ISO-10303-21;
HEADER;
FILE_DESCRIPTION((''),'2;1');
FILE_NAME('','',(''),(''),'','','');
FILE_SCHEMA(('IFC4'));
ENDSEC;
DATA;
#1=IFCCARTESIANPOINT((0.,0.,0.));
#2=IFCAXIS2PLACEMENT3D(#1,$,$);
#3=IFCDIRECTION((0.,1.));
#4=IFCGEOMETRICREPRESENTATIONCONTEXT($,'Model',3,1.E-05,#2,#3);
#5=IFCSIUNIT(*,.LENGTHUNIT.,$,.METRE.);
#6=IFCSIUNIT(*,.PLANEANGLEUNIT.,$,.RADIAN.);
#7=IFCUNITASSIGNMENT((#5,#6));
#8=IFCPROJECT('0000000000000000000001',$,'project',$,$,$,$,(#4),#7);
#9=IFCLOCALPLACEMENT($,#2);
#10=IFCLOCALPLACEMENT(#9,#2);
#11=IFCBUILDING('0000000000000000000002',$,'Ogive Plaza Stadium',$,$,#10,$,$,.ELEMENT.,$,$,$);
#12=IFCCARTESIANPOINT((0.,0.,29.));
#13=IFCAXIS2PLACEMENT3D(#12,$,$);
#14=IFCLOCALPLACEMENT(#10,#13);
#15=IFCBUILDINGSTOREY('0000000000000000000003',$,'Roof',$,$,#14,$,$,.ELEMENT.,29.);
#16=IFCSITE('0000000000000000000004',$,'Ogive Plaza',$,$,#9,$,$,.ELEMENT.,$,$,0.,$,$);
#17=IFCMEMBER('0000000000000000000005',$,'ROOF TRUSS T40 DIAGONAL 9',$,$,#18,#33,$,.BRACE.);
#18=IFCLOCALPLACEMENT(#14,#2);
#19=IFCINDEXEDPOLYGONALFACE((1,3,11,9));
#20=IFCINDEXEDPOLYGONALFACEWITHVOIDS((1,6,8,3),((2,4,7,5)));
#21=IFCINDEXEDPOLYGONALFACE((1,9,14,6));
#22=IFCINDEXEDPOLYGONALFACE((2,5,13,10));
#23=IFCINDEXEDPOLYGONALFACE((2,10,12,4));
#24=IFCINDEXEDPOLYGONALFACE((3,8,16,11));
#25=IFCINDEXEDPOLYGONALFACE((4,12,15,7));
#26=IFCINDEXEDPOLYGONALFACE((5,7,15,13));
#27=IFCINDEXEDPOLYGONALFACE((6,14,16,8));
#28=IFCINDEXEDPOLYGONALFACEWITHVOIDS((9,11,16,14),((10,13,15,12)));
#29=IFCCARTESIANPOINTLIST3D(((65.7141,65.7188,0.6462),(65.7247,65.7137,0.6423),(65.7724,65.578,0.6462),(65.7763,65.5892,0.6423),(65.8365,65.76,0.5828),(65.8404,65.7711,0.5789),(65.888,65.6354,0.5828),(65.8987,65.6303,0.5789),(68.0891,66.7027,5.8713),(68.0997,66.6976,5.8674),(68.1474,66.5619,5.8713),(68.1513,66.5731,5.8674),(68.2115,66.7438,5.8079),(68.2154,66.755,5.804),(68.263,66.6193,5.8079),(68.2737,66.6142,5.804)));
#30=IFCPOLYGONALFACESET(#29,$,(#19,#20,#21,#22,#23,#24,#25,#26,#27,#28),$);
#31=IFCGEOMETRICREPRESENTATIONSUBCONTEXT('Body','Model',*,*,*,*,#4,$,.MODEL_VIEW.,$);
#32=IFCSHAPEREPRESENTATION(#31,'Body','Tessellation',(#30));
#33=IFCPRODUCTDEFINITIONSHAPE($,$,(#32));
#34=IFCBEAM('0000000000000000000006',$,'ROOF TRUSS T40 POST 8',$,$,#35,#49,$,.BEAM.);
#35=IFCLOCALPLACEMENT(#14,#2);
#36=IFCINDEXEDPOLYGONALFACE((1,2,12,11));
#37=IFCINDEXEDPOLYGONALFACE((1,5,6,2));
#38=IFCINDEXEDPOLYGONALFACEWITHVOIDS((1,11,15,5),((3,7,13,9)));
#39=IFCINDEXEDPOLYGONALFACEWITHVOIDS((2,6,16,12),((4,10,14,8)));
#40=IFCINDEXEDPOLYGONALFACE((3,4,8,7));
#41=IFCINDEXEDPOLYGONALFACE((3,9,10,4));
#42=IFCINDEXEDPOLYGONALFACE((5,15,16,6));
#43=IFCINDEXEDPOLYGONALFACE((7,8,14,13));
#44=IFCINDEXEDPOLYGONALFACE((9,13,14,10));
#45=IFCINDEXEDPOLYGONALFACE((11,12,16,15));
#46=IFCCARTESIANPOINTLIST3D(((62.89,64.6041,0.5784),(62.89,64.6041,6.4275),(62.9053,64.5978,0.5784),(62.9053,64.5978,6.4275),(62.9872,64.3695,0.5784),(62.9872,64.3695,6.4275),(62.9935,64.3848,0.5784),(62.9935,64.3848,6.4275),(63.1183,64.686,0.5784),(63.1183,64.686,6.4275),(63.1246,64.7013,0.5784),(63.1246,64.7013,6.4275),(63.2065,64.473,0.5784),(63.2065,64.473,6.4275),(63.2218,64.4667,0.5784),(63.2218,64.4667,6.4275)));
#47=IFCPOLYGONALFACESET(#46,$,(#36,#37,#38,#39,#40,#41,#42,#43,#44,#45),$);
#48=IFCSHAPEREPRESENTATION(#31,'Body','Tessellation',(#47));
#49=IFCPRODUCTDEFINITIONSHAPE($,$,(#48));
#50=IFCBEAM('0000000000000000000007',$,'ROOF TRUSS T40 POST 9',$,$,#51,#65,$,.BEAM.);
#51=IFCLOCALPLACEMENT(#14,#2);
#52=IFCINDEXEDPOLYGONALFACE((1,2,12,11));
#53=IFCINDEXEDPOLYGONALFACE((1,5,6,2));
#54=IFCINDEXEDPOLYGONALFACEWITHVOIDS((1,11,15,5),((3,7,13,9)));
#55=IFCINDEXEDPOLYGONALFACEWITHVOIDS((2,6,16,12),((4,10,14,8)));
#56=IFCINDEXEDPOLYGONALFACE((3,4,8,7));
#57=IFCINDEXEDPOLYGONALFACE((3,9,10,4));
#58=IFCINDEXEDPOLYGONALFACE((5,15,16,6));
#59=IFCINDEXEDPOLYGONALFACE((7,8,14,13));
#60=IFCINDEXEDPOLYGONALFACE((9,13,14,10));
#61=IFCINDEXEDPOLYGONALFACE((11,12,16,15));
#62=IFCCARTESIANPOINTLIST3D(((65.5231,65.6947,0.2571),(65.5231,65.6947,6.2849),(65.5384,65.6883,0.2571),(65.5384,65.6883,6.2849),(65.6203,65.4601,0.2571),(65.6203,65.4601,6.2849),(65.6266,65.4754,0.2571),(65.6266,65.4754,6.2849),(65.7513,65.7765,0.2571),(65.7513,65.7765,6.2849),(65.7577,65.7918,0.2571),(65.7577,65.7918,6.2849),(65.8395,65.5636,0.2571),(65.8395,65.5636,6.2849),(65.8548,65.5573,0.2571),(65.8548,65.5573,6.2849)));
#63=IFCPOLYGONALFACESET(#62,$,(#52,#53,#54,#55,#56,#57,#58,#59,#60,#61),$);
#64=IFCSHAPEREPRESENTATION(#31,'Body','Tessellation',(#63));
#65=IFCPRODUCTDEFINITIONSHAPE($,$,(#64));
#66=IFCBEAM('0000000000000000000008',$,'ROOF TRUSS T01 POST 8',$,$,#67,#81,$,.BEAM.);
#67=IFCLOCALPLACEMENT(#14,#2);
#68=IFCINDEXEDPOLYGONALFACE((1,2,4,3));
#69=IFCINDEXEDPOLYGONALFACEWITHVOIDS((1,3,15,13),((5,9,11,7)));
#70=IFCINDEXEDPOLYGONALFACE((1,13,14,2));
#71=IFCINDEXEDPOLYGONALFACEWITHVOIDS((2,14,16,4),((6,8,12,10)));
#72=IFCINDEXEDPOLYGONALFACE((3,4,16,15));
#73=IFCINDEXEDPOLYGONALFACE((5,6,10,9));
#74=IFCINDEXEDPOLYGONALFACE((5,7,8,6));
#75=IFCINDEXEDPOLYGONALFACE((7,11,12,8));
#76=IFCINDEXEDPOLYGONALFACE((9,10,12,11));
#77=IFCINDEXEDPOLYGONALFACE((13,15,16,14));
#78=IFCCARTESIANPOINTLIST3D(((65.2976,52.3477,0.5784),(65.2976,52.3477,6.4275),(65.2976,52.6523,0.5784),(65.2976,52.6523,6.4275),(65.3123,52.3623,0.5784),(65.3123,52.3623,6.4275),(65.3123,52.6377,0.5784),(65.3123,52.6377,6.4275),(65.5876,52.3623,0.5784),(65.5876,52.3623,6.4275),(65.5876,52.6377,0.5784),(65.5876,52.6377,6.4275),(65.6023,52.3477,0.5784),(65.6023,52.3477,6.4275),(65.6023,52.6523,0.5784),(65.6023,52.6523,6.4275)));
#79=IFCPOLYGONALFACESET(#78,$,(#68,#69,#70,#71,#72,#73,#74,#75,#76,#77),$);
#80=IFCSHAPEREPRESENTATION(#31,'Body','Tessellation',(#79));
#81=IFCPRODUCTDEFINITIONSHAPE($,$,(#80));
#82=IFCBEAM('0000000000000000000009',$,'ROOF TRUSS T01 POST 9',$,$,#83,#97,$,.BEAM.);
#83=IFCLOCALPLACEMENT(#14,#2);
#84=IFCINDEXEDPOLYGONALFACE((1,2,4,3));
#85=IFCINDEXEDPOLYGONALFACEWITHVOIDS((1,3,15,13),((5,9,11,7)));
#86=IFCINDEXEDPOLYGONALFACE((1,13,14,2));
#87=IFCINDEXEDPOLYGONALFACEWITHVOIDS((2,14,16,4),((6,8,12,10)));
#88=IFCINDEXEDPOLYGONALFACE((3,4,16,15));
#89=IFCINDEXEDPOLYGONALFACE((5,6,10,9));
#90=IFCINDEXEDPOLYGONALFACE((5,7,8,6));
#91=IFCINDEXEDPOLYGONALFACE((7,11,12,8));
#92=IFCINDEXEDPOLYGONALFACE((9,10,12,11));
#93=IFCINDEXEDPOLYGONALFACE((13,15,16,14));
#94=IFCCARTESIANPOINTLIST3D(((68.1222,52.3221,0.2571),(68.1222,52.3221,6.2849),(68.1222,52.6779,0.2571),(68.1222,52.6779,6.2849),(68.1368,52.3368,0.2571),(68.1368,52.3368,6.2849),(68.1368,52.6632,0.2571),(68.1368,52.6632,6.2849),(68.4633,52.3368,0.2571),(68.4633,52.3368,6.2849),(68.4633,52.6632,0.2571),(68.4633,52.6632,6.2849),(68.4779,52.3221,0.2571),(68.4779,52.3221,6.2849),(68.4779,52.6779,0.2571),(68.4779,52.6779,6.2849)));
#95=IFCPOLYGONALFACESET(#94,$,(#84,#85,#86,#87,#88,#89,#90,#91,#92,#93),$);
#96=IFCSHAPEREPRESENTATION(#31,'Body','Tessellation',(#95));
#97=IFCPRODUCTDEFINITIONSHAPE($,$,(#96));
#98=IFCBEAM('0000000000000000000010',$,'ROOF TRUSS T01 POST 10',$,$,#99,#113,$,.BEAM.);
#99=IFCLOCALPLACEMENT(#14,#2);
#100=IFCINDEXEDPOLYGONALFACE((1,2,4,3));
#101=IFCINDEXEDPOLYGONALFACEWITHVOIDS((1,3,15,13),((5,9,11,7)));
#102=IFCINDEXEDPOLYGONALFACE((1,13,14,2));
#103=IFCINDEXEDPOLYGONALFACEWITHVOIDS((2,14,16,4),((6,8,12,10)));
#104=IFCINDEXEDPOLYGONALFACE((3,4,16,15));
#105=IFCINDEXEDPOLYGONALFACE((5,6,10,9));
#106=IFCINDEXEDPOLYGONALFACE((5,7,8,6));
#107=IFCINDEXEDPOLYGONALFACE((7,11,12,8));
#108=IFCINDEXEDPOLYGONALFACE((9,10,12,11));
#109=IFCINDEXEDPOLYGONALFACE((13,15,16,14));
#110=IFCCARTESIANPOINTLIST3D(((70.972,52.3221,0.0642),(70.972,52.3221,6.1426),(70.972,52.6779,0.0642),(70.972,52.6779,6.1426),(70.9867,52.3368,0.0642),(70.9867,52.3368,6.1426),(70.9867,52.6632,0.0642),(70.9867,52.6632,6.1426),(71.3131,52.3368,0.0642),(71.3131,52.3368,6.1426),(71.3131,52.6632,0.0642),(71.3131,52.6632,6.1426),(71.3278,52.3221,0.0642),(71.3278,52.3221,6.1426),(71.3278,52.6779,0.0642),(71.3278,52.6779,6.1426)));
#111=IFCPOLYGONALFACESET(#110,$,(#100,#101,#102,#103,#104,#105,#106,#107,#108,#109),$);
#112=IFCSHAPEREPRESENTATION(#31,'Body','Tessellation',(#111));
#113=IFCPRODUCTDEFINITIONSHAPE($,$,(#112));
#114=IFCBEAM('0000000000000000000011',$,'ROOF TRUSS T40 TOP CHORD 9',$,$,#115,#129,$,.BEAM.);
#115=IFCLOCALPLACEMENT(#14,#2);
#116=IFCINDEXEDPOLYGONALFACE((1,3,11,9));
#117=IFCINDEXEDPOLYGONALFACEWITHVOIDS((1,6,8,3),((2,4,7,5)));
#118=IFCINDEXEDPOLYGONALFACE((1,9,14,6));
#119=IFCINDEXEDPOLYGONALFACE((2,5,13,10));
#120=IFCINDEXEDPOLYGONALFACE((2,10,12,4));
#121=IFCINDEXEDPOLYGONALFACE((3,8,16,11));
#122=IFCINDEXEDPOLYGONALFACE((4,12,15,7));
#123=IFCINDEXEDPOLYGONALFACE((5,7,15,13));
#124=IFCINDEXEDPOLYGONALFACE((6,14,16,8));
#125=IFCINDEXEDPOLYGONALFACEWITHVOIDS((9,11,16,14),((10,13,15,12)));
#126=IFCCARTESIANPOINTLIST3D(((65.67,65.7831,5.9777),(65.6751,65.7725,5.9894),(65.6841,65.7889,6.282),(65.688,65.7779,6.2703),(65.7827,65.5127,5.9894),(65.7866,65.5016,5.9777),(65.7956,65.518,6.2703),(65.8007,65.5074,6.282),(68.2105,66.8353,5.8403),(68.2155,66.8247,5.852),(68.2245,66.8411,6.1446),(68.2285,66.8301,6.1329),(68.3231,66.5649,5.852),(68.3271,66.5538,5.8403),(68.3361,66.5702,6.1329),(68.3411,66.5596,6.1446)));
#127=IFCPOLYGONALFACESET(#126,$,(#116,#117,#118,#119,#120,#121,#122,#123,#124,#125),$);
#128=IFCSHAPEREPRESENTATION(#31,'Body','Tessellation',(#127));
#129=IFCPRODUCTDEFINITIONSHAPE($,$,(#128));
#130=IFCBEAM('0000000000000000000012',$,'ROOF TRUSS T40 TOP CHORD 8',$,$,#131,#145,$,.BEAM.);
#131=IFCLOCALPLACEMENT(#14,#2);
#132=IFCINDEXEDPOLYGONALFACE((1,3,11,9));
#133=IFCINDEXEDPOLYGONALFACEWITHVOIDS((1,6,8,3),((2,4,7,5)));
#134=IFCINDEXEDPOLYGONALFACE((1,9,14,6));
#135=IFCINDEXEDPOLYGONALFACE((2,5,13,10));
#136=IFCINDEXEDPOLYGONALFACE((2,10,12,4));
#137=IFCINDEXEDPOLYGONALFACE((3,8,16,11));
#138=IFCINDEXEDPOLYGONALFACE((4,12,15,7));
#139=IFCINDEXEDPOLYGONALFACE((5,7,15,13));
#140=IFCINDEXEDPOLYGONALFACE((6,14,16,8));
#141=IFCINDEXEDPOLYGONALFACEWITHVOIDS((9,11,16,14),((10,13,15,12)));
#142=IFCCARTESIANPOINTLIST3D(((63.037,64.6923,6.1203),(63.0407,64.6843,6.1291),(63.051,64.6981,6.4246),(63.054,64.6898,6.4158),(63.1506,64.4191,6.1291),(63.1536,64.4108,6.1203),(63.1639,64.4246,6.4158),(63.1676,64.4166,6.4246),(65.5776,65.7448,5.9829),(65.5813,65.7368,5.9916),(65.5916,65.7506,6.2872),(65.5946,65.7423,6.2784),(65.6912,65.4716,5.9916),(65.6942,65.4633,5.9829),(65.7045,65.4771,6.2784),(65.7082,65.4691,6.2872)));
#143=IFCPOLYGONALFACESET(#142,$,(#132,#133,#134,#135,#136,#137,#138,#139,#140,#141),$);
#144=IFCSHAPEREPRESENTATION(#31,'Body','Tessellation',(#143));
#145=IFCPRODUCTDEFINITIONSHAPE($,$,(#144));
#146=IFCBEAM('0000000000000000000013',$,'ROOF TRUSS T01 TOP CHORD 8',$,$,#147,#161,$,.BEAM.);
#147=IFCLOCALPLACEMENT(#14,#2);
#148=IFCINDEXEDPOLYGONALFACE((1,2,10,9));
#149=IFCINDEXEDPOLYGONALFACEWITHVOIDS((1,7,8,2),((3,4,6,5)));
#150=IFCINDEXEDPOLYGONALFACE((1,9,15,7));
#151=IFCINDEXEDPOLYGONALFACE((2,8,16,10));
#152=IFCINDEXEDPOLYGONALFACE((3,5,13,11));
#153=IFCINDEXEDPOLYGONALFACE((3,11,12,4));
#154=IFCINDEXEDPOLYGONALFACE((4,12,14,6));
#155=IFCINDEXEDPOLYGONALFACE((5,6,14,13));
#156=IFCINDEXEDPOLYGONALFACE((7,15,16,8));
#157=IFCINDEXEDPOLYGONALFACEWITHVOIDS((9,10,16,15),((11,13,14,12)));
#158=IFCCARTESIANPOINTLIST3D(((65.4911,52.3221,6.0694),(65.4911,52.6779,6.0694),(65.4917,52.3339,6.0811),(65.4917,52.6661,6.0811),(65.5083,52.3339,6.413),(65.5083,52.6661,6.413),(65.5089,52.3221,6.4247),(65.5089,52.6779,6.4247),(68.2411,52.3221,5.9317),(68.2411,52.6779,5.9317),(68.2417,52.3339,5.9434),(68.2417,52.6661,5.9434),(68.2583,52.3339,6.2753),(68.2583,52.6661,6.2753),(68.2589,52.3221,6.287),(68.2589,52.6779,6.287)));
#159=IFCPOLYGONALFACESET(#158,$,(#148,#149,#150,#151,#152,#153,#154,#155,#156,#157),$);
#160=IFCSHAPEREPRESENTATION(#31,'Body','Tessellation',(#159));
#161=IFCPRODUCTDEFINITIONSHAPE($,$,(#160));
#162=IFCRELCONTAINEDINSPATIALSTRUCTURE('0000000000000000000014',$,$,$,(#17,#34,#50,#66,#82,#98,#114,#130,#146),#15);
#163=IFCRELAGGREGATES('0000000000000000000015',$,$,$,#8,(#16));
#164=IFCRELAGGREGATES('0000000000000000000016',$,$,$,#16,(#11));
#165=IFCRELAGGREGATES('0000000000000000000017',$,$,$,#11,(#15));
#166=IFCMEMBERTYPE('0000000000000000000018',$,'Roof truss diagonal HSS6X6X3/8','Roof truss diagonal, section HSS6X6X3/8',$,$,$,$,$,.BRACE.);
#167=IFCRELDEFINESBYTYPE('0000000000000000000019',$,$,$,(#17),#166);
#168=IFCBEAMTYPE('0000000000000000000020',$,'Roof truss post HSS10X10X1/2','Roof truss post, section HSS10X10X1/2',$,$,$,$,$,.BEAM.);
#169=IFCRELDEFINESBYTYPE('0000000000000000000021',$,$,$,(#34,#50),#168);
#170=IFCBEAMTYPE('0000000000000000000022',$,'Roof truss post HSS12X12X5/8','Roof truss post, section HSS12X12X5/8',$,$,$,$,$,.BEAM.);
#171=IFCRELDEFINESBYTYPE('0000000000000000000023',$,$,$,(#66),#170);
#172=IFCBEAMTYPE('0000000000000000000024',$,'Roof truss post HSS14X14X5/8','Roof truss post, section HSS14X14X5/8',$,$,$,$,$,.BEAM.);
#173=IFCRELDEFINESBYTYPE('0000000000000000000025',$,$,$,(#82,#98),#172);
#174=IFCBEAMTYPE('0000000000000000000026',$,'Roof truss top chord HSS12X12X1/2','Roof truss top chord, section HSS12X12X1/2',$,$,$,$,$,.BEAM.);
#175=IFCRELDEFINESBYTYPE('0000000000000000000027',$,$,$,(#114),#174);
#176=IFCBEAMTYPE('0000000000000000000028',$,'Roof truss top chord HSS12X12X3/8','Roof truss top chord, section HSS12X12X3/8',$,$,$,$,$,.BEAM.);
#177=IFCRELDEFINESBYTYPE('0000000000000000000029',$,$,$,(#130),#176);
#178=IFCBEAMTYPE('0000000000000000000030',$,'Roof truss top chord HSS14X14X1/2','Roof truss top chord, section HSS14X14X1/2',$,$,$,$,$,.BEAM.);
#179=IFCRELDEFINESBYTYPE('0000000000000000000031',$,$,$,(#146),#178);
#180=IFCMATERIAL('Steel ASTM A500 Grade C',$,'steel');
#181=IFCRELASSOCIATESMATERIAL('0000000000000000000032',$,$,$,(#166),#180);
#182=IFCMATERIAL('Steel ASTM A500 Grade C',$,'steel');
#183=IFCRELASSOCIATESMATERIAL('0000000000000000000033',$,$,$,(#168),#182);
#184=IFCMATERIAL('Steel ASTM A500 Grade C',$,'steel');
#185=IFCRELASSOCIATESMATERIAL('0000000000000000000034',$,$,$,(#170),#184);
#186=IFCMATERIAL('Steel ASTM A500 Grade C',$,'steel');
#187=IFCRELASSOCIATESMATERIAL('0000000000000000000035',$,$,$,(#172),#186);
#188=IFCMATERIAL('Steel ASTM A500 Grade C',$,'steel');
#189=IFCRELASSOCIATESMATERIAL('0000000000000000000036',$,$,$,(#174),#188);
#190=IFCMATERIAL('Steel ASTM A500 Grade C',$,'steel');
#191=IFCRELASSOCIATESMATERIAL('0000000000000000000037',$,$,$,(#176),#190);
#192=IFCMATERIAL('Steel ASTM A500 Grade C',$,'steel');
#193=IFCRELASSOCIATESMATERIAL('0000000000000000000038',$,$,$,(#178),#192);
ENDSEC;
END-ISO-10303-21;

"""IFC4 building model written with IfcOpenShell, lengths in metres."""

from ifc_helpers import new_model, si_unit, direction, frame, origin, origin_2d, place, context, subcontext, project, spatial, hollow_rectangle, extrude, material, material_profile, profile_set, type_object, element, save


model = new_model("IFC4")

# Units and contexts
model_context = context("Model", 3, precision=1e-05, world=origin(), true_north=direction((0.0, 1.0)))
body_context = subcontext(model_context, "Body", "Model", "MODEL_VIEW")
ifc_project = project(units=[si_unit("LENGTHUNIT", "METRE"), si_unit("PLANEANGLEUNIT", "RADIAN")], contexts=[model_context])

# Site, building, storey
site_placement = place(None, origin())
site = spatial("IfcSite", under=ifc_project, at=site_placement, Name="Ogive Plaza", CompositionType="ELEMENT", RefElevation=0.0)
building_placement = place(site_placement, origin())
building = spatial("IfcBuilding", under=site, at=building_placement, Name="Ogive Plaza Stadium", CompositionType="ELEMENT")
storey_placement = place(building_placement, frame((0.0, 0.0, 29.0)))
storey = spatial("IfcBuildingStorey", under=building, at=storey_placement, Name="Roof", CompositionType="ELEMENT", Elevation=29.0)

# Member
ifc_material_1 = material(Name="Steel ASTM A500 Grade C", Category="steel")
ifc_material_profile_1 = material_profile(ifc_material_1, hollow_rectangle(XDim=0.1523, YDim=0.1523, WallThickness=0.0088, at=origin_2d()), Name="HSS6X6X3/8")
ifc_profile_set_1 = profile_set([ifc_material_profile_1], Name="Steel ASTM A500 Grade C")
member_type_1 = type_object("IfcMemberType", Name="Roof truss diagonal HSS6X6X3/8", Description="Roof truss diagonal, section HSS6X6X3/8", PredefinedType="BRACE", material=ifc_profile_set_1)
member_1_placement = place(storey_placement, frame((65.8064, 65.6746, 0.6125), z_axis=(0.407847, 0.168958, 0.897281), x_axis=(-0.382726, 0.923862, 0.0)))
element("IfcMember", 1, at=member_1_placement, inside=storey, type_object=member_type_1, Name="ROOF TRUSS T40 DIAGONAL 9", PredefinedType="BRACE", context=body_context, shape_type="SweptSolid", body=[
    extrude(hollow_rectangle(XDim=0.1523, YDim=0.1523, WallThickness=0.0088, at=origin_2d()), origin(), (0.0, 0.0, 1.0), 5.8232),
])

# Beams
ifc_material_2 = material(Name="Steel ASTM A500 Grade C", Category="steel")
ifc_material_profile_2 = material_profile(ifc_material_2, hollow_rectangle(XDim=0.2539, YDim=0.2539, WallThickness=0.0117, at=origin_2d()), Name="HSS10X10X1/2")
ifc_profile_set_2 = profile_set([ifc_material_profile_2], Name="Steel ASTM A500 Grade C")
beam_type_1 = type_object("IfcBeamType", Name="Roof truss post HSS10X10X1/2", Description="Roof truss post, section HSS10X10X1/2", PredefinedType="BEAM", material=ifc_profile_set_2)
beam_1_placement = place(storey_placement, frame((63.0559, 64.5354, 0.5784), z_axis=(0.0, 0.0, 1.0), x_axis=(-0.382683, 0.92388, 0.0)))
element("IfcBeam", 2, at=beam_1_placement, inside=storey, type_object=beam_type_1, Name="ROOF TRUSS T40 POST 8", PredefinedType="BEAM", context=body_context, shape_type="SweptSolid", body=[
    extrude(hollow_rectangle(XDim=0.2539, YDim=0.2539, WallThickness=0.0117, at=origin_2d()), origin(), (0.0, 0.0, 1.0), 5.8491),
])
beam_2_placement = place(storey_placement, frame((65.689, 65.626, 0.2571), z_axis=(0.0, 0.0, 1.0), x_axis=(-0.382683, 0.92388, 0.0)))
element("IfcBeam", 3, at=beam_2_placement, inside=storey, type_object=beam_type_1, Name="ROOF TRUSS T40 POST 9", PredefinedType="BEAM", context=body_context, shape_type="SweptSolid", body=[
    extrude(hollow_rectangle(XDim=0.2539, YDim=0.2539, WallThickness=0.0117, at=origin_2d()), origin(), (0.0, 0.0, 1.0), 6.0278),
])
ifc_material_3 = material(Name="Steel ASTM A500 Grade C", Category="steel")
ifc_material_profile_3 = material_profile(ifc_material_3, hollow_rectangle(XDim=0.3047, YDim=0.3047, WallThickness=0.0146, at=origin_2d()), Name="HSS12X12X5/8")
ifc_profile_set_3 = profile_set([ifc_material_profile_3], Name="Steel ASTM A500 Grade C")
beam_type_2 = type_object("IfcBeamType", Name="Roof truss post HSS12X12X5/8", Description="Roof truss post, section HSS12X12X5/8", PredefinedType="BEAM", material=ifc_profile_set_3)
beam_3_placement = place(storey_placement, frame((65.45, 52.5, 0.5784), z_axis=(0.0, 0.0, 1.0), x_axis=(0.0, 1.0, 0.0)))
element("IfcBeam", 4, at=beam_3_placement, inside=storey, type_object=beam_type_2, Name="ROOF TRUSS T01 POST 8", PredefinedType="BEAM", context=body_context, shape_type="SweptSolid", body=[
    extrude(hollow_rectangle(XDim=0.3047, YDim=0.3047, WallThickness=0.0146, at=origin_2d()), origin(), (0.0, 0.0, 1.0), 5.8491),
])
ifc_material_4 = material(Name="Steel ASTM A500 Grade C", Category="steel")
ifc_material_profile_4 = material_profile(ifc_material_4, hollow_rectangle(XDim=0.3557, YDim=0.3557, WallThickness=0.0146, at=origin_2d()), Name="HSS14X14X5/8")
ifc_profile_set_4 = profile_set([ifc_material_profile_4], Name="Steel ASTM A500 Grade C")
beam_type_3 = type_object("IfcBeamType", Name="Roof truss post HSS14X14X5/8", Description="Roof truss post, section HSS14X14X5/8", PredefinedType="BEAM", material=ifc_profile_set_4)
beam_4_placement = place(storey_placement, frame((68.3, 52.5, 0.2571), z_axis=(0.0, 0.0, 1.0), x_axis=(0.0, 1.0, 0.0)))
element("IfcBeam", 5, at=beam_4_placement, inside=storey, type_object=beam_type_3, Name="ROOF TRUSS T01 POST 9", PredefinedType="BEAM", context=body_context, shape_type="SweptSolid", body=[
    extrude(hollow_rectangle(XDim=0.3557, YDim=0.3557, WallThickness=0.0146, at=origin_2d()), origin(), (0.0, 0.0, 1.0), 6.0278),
])
beam_5_placement = place(storey_placement, frame((71.1499, 52.5, 0.0642), z_axis=(0.0, 0.0, 1.0), x_axis=(0.0, 1.0, 0.0)))
element("IfcBeam", 6, at=beam_5_placement, inside=storey, type_object=beam_type_3, Name="ROOF TRUSS T01 POST 10", PredefinedType="BEAM", context=body_context, shape_type="SweptSolid", body=[
    extrude(hollow_rectangle(XDim=0.3557, YDim=0.3557, WallThickness=0.0146, at=origin_2d()), origin(), (0.0, 0.0, 1.0), 6.0784),
])
ifc_material_5 = material(Name="Steel ASTM A500 Grade C", Category="steel")
ifc_material_profile_5 = material_profile(ifc_material_5, hollow_rectangle(XDim=0.3047, YDim=0.3047, WallThickness=0.0117, at=origin_2d()), Name="HSS12X12X1/2")
ifc_profile_set_5 = profile_set([ifc_material_profile_5], Name="Steel ASTM A500 Grade C")
beam_type_4 = type_object("IfcBeamType", Name="Roof truss top chord HSS12X12X1/2", Description="Roof truss top chord, section HSS12X12X1/2", PredefinedType="BEAM", material=ifc_profile_set_5)
beam_6_placement = place(storey_placement, frame((65.7354, 65.6453, 6.1299), z_axis=(0.922737, 0.382183, -0.049923), x_axis=(-0.38266, 0.923889, 0.0)))
element("IfcBeam", 7, at=beam_6_placement, inside=storey, type_object=beam_type_4, Name="ROOF TRUSS T40 TOP CHORD 9", PredefinedType="BEAM", context=body_context, shape_type="SweptSolid", body=[
    extrude(hollow_rectangle(XDim=0.3047, YDim=0.3047, WallThickness=0.0117, at=origin_2d()), origin(), (0.0, 0.0, 1.0), 2.7532),
])
ifc_material_6 = material(Name="Steel ASTM A500 Grade C", Category="steel")
ifc_material_profile_6 = material_profile(ifc_material_6, hollow_rectangle(XDim=0.3047, YDim=0.3047, WallThickness=0.0088, at=origin_2d()), Name="HSS12X12X3/8")
ifc_profile_set_6 = profile_set([ifc_material_profile_6], Name="Steel ASTM A500 Grade C")
beam_type_5 = type_object("IfcBeamType", Name="Roof truss top chord HSS12X12X3/8", Description="Roof truss top chord, section HSS12X12X3/8", PredefinedType="BEAM", material=ifc_profile_set_6)
beam_7_placement = place(storey_placement, frame((63.1023, 64.5544, 6.2725), z_axis=(0.922706, 0.382259, -0.049922), x_axis=(-0.382736, 0.923858, 0.0)))
element("IfcBeam", 8, at=beam_7_placement, inside=storey, type_object=beam_type_5, Name="ROOF TRUSS T40 TOP CHORD 8", PredefinedType="BEAM", context=body_context, shape_type="SweptSolid", body=[
    extrude(hollow_rectangle(XDim=0.3047, YDim=0.3047, WallThickness=0.0088, at=origin_2d()), origin(), (0.0, 0.0, 1.0), 2.7534),
])
ifc_material_7 = material(Name="Steel ASTM A500 Grade C", Category="steel")
ifc_material_profile_7 = material_profile(ifc_material_7, hollow_rectangle(XDim=0.3557, YDim=0.3557, WallThickness=0.0117, at=origin_2d()), Name="HSS14X14X1/2")
ifc_profile_set_7 = profile_set([ifc_material_profile_7], Name="Steel ASTM A500 Grade C")
beam_type_6 = type_object("IfcBeamType", Name="Roof truss top chord HSS14X14X1/2", Description="Roof truss top chord, section HSS14X14X1/2", PredefinedType="BEAM", material=ifc_profile_set_7)
beam_8_placement = place(storey_placement, frame((65.5, 52.5, 6.2471), z_axis=(0.998749, 0.0, -0.050008), x_axis=(0.0, 1.0, 0.0)))
element("IfcBeam", 9, at=beam_8_placement, inside=storey, type_object=beam_type_6, Name="ROOF TRUSS T01 TOP CHORD 8", PredefinedType="BEAM", context=body_context, shape_type="SweptSolid", body=[
    extrude(hollow_rectangle(XDim=0.3557, YDim=0.3557, WallThickness=0.0117, at=origin_2d()), origin(), (0.0, 0.0, 1.0), 2.7534),
])

save(model, "model.ifc")
